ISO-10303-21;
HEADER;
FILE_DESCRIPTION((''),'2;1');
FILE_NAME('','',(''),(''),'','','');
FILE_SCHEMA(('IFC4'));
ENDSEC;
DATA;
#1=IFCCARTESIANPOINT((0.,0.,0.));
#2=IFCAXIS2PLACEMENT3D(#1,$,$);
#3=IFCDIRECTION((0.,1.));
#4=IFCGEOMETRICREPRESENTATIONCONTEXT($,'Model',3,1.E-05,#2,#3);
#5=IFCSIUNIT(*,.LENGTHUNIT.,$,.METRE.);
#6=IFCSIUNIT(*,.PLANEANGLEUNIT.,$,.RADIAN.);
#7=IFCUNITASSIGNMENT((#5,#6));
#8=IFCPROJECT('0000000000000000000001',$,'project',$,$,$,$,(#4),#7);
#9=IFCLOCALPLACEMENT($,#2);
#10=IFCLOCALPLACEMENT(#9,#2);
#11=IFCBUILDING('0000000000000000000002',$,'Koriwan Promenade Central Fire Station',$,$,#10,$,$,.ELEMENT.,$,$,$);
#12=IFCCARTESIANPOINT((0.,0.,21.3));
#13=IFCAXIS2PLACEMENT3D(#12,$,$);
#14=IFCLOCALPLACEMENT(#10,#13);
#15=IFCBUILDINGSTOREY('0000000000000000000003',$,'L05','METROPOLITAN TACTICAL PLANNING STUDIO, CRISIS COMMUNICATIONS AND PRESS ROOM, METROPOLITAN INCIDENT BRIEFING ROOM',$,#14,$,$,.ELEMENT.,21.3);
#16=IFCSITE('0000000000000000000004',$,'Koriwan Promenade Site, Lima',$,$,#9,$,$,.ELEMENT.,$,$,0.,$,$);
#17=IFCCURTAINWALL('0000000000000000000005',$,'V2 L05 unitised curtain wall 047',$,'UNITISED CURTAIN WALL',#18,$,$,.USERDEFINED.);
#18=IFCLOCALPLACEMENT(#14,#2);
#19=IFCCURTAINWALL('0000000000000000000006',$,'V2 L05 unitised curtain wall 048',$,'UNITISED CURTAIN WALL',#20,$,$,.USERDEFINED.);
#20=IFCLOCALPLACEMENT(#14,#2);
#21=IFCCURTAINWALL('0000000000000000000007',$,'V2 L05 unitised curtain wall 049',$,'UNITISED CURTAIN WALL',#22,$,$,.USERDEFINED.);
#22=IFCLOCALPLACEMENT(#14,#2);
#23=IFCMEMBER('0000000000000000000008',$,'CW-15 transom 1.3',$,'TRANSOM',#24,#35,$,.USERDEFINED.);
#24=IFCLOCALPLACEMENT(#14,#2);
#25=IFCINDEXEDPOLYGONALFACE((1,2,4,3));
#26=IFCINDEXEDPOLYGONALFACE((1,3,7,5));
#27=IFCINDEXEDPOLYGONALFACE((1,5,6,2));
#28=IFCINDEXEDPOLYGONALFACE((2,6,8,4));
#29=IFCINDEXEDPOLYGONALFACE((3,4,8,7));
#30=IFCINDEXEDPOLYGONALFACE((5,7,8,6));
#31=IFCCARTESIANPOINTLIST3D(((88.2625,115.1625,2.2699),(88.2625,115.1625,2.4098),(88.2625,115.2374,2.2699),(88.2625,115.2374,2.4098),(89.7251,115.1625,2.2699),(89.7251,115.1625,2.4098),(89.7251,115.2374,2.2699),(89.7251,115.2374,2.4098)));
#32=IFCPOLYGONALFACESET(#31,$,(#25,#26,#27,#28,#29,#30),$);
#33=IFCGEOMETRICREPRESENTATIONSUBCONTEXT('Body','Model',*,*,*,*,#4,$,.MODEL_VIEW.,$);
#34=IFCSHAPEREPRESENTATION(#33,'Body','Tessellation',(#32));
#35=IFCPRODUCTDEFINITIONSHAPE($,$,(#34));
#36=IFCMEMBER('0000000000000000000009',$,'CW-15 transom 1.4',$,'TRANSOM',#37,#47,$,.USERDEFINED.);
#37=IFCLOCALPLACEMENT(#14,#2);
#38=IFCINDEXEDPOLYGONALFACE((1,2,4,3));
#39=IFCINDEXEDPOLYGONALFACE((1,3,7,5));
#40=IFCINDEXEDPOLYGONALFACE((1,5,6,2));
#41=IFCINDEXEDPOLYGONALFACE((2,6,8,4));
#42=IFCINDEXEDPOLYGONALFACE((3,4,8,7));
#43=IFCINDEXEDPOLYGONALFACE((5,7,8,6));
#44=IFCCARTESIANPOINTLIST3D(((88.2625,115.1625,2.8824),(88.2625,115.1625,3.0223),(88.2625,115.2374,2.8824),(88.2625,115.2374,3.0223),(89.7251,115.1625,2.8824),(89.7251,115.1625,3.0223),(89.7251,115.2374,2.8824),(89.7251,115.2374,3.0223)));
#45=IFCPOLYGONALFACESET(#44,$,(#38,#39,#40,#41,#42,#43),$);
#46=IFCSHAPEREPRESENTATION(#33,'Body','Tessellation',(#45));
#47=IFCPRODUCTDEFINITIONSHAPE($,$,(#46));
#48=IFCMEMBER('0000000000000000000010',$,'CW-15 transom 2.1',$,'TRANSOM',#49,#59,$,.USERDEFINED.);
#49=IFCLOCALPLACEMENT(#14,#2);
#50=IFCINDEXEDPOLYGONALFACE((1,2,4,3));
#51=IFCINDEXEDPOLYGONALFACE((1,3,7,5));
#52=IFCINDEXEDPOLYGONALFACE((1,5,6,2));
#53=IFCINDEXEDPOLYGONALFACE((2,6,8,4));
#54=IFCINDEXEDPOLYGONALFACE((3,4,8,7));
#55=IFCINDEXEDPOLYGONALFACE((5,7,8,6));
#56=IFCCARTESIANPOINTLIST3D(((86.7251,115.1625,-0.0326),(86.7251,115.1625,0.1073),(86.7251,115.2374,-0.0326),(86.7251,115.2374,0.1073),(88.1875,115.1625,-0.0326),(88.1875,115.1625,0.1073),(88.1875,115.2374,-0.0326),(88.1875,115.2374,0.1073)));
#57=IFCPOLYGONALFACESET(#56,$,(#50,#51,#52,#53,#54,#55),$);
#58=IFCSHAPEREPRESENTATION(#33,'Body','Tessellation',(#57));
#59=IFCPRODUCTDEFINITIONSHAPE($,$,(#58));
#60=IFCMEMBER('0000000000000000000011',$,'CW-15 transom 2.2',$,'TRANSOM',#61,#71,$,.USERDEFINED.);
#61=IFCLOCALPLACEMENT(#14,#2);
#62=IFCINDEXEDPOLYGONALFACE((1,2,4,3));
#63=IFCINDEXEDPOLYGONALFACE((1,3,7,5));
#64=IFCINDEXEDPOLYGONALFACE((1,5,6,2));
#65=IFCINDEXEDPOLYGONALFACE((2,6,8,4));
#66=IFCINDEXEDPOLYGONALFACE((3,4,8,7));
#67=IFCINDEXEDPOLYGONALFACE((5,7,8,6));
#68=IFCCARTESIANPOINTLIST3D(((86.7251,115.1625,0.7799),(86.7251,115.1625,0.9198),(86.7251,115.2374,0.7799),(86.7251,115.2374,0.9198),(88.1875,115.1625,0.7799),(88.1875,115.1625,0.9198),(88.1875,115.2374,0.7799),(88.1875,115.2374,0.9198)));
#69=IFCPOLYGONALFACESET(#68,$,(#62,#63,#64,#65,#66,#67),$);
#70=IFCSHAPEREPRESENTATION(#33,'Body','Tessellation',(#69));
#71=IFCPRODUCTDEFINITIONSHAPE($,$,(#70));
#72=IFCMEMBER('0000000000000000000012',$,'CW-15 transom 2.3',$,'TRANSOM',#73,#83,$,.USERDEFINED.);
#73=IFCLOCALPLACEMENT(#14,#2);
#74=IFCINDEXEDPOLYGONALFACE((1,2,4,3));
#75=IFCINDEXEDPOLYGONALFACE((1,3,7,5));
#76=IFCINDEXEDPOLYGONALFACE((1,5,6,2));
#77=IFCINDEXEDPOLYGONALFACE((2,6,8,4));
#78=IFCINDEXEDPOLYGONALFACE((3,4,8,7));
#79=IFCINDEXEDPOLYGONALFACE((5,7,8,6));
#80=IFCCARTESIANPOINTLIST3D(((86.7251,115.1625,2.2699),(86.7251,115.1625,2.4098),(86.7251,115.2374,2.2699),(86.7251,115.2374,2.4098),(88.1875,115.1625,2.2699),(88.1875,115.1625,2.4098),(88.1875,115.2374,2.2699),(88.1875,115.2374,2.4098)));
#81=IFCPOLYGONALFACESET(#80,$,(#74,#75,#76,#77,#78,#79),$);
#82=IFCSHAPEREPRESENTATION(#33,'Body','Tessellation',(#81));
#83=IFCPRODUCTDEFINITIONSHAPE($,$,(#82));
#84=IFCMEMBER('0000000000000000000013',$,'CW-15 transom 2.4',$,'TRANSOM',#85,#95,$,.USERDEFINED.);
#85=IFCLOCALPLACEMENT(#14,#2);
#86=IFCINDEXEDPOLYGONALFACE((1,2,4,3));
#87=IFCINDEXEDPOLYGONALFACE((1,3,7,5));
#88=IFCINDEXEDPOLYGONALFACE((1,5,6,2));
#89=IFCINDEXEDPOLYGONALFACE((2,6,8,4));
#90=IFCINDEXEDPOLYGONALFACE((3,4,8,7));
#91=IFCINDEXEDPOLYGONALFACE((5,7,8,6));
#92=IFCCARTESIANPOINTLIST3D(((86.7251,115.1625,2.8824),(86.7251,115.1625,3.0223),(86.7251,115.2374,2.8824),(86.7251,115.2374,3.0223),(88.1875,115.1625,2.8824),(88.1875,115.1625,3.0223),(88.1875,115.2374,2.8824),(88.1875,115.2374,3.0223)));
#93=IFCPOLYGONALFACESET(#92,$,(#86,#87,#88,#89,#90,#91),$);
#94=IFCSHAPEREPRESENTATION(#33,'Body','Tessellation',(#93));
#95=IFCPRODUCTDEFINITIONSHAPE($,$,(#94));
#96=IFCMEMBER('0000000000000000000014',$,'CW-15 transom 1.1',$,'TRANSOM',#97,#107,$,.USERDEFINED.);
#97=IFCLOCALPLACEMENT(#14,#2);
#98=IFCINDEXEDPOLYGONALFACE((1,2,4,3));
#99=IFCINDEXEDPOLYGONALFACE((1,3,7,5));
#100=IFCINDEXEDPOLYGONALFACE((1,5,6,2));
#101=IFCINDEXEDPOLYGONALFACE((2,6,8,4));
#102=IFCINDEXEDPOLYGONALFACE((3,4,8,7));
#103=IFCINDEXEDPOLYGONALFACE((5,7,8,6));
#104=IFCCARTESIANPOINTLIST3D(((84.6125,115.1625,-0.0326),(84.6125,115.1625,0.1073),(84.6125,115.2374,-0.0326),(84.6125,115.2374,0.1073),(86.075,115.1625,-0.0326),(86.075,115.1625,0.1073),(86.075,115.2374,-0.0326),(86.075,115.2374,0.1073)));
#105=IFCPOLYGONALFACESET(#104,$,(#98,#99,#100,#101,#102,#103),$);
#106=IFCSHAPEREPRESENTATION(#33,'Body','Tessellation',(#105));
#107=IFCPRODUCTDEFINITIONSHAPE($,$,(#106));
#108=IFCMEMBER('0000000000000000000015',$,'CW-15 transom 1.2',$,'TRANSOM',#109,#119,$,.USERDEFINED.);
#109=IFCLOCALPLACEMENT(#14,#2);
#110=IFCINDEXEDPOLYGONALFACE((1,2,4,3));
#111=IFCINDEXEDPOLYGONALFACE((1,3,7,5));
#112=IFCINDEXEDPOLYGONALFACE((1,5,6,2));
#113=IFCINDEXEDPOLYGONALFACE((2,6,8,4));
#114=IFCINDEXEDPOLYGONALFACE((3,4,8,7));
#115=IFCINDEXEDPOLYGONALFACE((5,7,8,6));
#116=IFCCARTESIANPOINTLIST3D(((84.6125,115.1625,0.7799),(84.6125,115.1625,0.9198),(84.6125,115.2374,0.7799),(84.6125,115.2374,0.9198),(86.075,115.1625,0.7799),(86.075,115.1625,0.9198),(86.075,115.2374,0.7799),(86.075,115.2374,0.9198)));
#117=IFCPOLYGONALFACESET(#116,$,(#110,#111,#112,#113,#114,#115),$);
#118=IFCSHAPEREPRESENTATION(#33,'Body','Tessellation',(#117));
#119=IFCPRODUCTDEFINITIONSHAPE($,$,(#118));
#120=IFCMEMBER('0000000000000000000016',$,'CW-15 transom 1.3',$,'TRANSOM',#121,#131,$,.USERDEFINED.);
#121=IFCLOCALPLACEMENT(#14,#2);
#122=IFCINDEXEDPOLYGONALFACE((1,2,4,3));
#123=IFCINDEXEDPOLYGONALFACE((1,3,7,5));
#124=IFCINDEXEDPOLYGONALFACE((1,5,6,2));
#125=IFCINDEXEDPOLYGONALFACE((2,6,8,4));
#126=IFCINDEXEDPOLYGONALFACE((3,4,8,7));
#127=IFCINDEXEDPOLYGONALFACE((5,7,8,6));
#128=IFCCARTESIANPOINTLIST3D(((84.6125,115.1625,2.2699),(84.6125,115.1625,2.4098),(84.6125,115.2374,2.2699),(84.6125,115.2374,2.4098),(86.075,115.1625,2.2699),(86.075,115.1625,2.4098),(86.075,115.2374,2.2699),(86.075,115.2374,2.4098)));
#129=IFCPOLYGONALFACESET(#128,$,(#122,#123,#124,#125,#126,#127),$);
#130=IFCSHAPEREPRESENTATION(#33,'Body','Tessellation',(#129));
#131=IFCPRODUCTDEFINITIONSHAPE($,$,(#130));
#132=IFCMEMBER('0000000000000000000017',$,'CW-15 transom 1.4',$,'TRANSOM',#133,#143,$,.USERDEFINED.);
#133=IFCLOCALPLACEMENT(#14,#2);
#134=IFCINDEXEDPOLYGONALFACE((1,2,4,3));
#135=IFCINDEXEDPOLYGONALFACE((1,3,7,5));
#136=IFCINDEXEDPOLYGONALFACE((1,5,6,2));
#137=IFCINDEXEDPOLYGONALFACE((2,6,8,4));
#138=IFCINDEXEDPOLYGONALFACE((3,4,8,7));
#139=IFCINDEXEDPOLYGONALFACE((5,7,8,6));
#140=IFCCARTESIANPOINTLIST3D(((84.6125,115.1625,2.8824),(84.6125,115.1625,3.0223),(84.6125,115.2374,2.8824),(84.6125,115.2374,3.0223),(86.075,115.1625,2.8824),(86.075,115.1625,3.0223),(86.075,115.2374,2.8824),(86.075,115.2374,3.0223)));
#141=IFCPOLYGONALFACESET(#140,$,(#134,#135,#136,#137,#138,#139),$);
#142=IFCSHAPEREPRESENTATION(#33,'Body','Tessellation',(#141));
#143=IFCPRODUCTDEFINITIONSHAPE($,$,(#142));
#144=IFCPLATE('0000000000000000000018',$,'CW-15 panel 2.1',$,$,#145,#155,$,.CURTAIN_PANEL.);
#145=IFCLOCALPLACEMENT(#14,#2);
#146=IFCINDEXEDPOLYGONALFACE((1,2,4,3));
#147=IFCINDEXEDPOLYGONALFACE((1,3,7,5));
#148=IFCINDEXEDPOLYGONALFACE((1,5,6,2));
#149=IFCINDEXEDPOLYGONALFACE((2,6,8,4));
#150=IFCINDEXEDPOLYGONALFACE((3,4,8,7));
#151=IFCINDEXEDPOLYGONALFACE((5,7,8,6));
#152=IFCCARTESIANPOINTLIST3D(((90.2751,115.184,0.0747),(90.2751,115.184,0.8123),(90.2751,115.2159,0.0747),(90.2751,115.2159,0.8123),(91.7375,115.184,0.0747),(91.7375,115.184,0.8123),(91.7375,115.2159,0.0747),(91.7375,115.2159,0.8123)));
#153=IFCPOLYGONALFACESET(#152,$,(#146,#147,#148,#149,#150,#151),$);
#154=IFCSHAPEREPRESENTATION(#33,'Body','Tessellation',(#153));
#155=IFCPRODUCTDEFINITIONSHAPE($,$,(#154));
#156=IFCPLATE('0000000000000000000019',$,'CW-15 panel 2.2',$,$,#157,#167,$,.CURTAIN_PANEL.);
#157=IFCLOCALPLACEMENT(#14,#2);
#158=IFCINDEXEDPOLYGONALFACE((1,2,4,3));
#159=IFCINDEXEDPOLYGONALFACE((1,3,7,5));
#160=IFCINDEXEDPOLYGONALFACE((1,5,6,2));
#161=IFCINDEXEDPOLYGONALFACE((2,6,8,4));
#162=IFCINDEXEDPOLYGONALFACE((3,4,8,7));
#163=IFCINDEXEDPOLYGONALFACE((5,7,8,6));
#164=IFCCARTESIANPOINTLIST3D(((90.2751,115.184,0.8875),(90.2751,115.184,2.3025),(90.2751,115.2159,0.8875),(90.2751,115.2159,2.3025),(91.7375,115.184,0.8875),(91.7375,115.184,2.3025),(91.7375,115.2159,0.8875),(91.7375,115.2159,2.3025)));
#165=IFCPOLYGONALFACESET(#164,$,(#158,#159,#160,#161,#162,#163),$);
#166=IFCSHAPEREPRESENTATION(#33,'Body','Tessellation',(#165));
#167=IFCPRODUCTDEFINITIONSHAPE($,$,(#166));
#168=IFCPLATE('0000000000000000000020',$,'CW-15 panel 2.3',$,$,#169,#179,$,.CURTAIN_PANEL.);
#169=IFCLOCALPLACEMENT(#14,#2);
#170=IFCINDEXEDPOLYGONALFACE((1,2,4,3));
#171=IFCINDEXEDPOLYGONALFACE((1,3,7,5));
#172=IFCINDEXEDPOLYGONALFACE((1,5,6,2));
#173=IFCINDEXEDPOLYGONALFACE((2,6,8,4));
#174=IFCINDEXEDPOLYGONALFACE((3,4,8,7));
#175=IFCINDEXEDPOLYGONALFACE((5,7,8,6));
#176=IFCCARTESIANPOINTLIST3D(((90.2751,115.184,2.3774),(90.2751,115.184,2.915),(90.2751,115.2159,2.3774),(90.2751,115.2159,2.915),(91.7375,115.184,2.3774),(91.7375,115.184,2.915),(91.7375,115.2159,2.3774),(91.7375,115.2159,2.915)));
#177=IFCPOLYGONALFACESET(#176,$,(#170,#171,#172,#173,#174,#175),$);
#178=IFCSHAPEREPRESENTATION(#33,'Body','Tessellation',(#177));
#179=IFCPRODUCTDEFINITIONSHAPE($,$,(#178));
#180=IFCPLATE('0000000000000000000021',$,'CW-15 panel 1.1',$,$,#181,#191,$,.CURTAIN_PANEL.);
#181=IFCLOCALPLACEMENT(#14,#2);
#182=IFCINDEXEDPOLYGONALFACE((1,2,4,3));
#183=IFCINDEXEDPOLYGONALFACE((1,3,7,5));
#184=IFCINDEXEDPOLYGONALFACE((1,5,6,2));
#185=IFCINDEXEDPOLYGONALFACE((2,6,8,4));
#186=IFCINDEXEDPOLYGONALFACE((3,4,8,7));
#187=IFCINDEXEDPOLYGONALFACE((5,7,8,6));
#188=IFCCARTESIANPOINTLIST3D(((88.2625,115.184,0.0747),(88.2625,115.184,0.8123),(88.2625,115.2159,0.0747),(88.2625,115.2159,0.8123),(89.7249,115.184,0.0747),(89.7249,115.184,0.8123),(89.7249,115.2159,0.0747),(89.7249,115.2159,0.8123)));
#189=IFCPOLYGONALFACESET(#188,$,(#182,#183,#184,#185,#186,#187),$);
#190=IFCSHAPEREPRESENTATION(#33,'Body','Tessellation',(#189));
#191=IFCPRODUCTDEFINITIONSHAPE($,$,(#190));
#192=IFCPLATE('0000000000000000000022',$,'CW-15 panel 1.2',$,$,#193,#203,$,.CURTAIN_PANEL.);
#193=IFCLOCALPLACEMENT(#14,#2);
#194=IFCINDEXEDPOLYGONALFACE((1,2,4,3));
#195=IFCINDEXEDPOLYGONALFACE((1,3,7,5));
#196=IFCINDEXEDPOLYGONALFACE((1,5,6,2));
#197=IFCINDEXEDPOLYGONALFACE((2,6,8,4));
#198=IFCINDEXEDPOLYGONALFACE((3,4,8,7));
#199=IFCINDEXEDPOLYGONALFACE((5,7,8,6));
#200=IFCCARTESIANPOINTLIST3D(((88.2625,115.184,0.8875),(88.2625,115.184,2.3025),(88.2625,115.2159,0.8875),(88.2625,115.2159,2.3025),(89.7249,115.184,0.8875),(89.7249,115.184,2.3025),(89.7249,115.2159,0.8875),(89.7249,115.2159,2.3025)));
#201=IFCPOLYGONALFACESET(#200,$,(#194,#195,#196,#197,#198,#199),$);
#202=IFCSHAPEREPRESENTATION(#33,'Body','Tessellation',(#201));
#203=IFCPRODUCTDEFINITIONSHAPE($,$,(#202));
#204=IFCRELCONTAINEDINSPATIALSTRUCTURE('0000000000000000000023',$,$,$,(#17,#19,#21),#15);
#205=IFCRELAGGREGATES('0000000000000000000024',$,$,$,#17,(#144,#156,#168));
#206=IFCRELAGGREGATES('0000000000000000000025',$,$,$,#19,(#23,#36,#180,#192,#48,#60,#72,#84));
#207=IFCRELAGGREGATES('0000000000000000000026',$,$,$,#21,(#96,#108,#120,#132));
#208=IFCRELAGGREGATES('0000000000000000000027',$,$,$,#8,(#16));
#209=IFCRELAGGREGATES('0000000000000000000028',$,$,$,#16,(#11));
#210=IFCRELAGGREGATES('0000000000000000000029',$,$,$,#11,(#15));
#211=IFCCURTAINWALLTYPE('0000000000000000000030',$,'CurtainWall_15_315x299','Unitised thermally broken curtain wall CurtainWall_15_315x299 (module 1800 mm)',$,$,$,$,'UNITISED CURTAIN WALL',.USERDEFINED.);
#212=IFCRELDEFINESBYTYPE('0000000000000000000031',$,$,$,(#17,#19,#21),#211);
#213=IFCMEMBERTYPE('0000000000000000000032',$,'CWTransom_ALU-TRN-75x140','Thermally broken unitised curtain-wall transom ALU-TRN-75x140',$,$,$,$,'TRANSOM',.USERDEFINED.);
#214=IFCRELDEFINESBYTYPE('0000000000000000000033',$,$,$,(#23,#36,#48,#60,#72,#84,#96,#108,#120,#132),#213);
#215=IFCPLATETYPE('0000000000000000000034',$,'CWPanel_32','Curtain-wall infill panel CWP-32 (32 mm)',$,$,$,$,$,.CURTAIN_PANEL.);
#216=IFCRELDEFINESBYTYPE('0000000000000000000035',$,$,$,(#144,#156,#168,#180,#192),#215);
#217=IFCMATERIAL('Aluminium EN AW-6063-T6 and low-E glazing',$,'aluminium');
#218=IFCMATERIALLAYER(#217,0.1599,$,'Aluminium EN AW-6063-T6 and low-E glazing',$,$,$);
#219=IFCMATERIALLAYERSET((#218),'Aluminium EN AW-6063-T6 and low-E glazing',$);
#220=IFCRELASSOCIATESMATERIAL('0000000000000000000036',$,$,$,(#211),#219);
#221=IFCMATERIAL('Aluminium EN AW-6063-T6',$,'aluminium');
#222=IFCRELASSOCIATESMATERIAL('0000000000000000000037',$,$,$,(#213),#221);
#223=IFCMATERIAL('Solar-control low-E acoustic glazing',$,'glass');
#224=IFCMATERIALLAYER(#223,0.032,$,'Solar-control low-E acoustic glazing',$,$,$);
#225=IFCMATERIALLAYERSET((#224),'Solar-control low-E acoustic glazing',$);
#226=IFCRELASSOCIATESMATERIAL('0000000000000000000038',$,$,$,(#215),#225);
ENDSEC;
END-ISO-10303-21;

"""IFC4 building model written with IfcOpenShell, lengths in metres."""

from ifc_helpers import new_model, si_unit, direction, frame, origin, origin_2d, place, context, subcontext, project, spatial, rectangle, extrude, material, layer, layer_set, material_profile, profile_set, type_object, element, aggregate, save


model = new_model("IFC4")

# Units and contexts
model_context = context("Model", 3, precision=1e-05, world=origin(), true_north=direction((0.0, 1.0)))
body_context = subcontext(model_context, "Body", "Model", "MODEL_VIEW")
ifc_project = project(units=[si_unit("LENGTHUNIT", "METRE"), si_unit("PLANEANGLEUNIT", "RADIAN")], contexts=[model_context])

# Site, building, storey
site_placement = place(None, origin())
site = spatial("IfcSite", under=ifc_project, at=site_placement, Name="Koriwan Promenade Site, Lima", CompositionType="ELEMENT", RefElevation=0.0)
building_placement = place(site_placement, origin())
building = spatial("IfcBuilding", under=site, at=building_placement, Name="Koriwan Promenade Central Fire Station", CompositionType="ELEMENT")
storey_placement = place(building_placement, frame((0.0, 0.0, 21.3)))
storey = spatial("IfcBuildingStorey", under=building, at=storey_placement, Name="L05", Description="METROPOLITAN TACTICAL PLANNING STUDIO, CRISIS COMMUNICATIONS AND PRESS ROOM, METROPOLITAN INCIDENT BRIEFING ROOM", CompositionType="ELEMENT", Elevation=21.3)

# Curtain wall
ifc_material_1 = material(Name="Aluminium EN AW-6063-T6 and low-E glazing", Category="aluminium")
ifc_layer_1 = layer(ifc_material_1, 0.1599, Name="Aluminium EN AW-6063-T6 and low-E glazing")
ifc_layer_set_1 = layer_set([ifc_layer_1], Name="Aluminium EN AW-6063-T6 and low-E glazing")
curtain_wall_type = type_object("IfcCurtainWallType", Name="CurtainWall_15_315x299", Description="Unitised thermally broken curtain wall CurtainWall_15_315x299 (module 1800 mm)", ElementType="UNITISED CURTAIN WALL", PredefinedType="USERDEFINED", material=ifc_layer_set_1)
curtain_wall_1_placement = place(storey_placement, origin())
curtain_wall_1 = element("IfcCurtainWall", 1, at=curtain_wall_1_placement, inside=storey, type_object=curtain_wall_type, Name="V2 L05 unitised curtain wall 047", ObjectType="UNITISED CURTAIN WALL", PredefinedType="USERDEFINED")
ifc_material_2 = material(Name="Aluminium EN AW-6063-T6", Category="aluminium")

# Curtain walls
curtain_wall_2_placement = place(storey_placement, origin())
curtain_wall_2 = element("IfcCurtainWall", 2, at=curtain_wall_2_placement, inside=storey, type_object=curtain_wall_type, Name="V2 L05 unitised curtain wall 048", ObjectType="UNITISED CURTAIN WALL", PredefinedType="USERDEFINED")
curtain_wall_3_placement = place(storey_placement, origin())
curtain_wall_3 = element("IfcCurtainWall", 3, at=curtain_wall_3_placement, inside=storey, type_object=curtain_wall_type, Name="V2 L05 unitised curtain wall 049", ObjectType="UNITISED CURTAIN WALL", PredefinedType="USERDEFINED")

# Members
ifc_material_profile_1 = material_profile(ifc_material_2, rectangle(XDim=0.075, YDim=0.1399, at=origin_2d()), Name="ALU-TRN-75x140")
ifc_profile_set_1 = profile_set([ifc_material_profile_1], Name="Aluminium EN AW-6063-T6")
member_type_1 = type_object("IfcMemberType", Name="CWTransom_ALU-TRN-75x140", Description="Thermally broken unitised curtain-wall transom ALU-TRN-75x140", ElementType="TRANSOM", PredefinedType="USERDEFINED", material=ifc_profile_set_1)
member_1_placement = place(storey_placement, frame((89.7251, 115.2, 2.3398), z_axis=(-1.0, 0.0, 0.0), x_axis=(0.0, -1.0, 0.0)))
member_1 = element("IfcMember", 4, at=member_1_placement, type_object=member_type_1, Name="CW-15 transom 1.3", ObjectType="TRANSOM", PredefinedType="USERDEFINED", context=body_context, shape_type="SweptSolid", body=[
    extrude(rectangle(XDim=0.075, YDim=0.1399, at=origin_2d()), origin(), (0.0, 0.0, 1.0), 1.4626),
])
member_2_placement = place(storey_placement, frame((89.7251, 115.2, 2.9524), z_axis=(-1.0, 0.0, 0.0), x_axis=(0.0, -1.0, 0.0)))
member_2 = element("IfcMember", 5, at=member_2_placement, type_object=member_type_1, Name="CW-15 transom 1.4", ObjectType="TRANSOM", PredefinedType="USERDEFINED", context=body_context, shape_type="SweptSolid", body=[
    extrude(rectangle(XDim=0.075, YDim=0.1399, at=origin_2d()), origin(), (0.0, 0.0, 1.0), 1.4626),
])
member_3_placement = place(storey_placement, frame((88.1875, 115.2, 0.0374), z_axis=(-1.0, 0.0, 0.0), x_axis=(0.0, -1.0, 0.0)))
member_3 = element("IfcMember", 6, at=member_3_placement, type_object=member_type_1, Name="CW-15 transom 2.1", ObjectType="TRANSOM", PredefinedType="USERDEFINED", context=body_context, shape_type="SweptSolid", body=[
    extrude(rectangle(XDim=0.075, YDim=0.1399, at=origin_2d()), origin(), (0.0, 0.0, 1.0), 1.4624),
])
member_4_placement = place(storey_placement, frame((88.1875, 115.2, 0.8499), z_axis=(-1.0, 0.0, 0.0), x_axis=(0.0, -1.0, 0.0)))
member_4 = element("IfcMember", 7, at=member_4_placement, type_object=member_type_1, Name="CW-15 transom 2.2", ObjectType="TRANSOM", PredefinedType="USERDEFINED", context=body_context, shape_type="SweptSolid", body=[
    extrude(rectangle(XDim=0.075, YDim=0.1399, at=origin_2d()), origin(), (0.0, 0.0, 1.0), 1.4624),
])
member_5_placement = place(storey_placement, frame((88.1875, 115.2, 2.3398), z_axis=(-1.0, 0.0, 0.0), x_axis=(0.0, -1.0, 0.0)))
member_5 = element("IfcMember", 8, at=member_5_placement, type_object=member_type_1, Name="CW-15 transom 2.3", ObjectType="TRANSOM", PredefinedType="USERDEFINED", context=body_context, shape_type="SweptSolid", body=[
    extrude(rectangle(XDim=0.075, YDim=0.1399, at=origin_2d()), origin(), (0.0, 0.0, 1.0), 1.4624),
])
member_6_placement = place(storey_placement, frame((88.1875, 115.2, 2.9524), z_axis=(-1.0, 0.0, 0.0), x_axis=(0.0, -1.0, 0.0)))
member_6 = element("IfcMember", 9, at=member_6_placement, type_object=member_type_1, Name="CW-15 transom 2.4", ObjectType="TRANSOM", PredefinedType="USERDEFINED", context=body_context, shape_type="SweptSolid", body=[
    extrude(rectangle(XDim=0.075, YDim=0.1399, at=origin_2d()), origin(), (0.0, 0.0, 1.0), 1.4624),
])
member_7_placement = place(storey_placement, frame((86.075, 115.2, 0.0374), z_axis=(-1.0, 0.0, 0.0), x_axis=(0.0, -1.0, 0.0)))
member_7 = element("IfcMember", 10, at=member_7_placement, type_object=member_type_1, Name="CW-15 transom 1.1", ObjectType="TRANSOM", PredefinedType="USERDEFINED", context=body_context, shape_type="SweptSolid", body=[
    extrude(rectangle(XDim=0.075, YDim=0.1399, at=origin_2d()), origin(), (0.0, 0.0, 1.0), 1.4624),
])
member_8_placement = place(storey_placement, frame((86.075, 115.2, 0.8499), z_axis=(-1.0, 0.0, 0.0), x_axis=(0.0, -1.0, 0.0)))
member_8 = element("IfcMember", 11, at=member_8_placement, type_object=member_type_1, Name="CW-15 transom 1.2", ObjectType="TRANSOM", PredefinedType="USERDEFINED", context=body_context, shape_type="SweptSolid", body=[
    extrude(rectangle(XDim=0.075, YDim=0.1399, at=origin_2d()), origin(), (0.0, 0.0, 1.0), 1.4624),
])
member_9_placement = place(storey_placement, frame((86.075, 115.2, 2.3398), z_axis=(-1.0, 0.0, 0.0), x_axis=(0.0, -1.0, 0.0)))
member_9 = element("IfcMember", 12, at=member_9_placement, type_object=member_type_1, Name="CW-15 transom 1.3", ObjectType="TRANSOM", PredefinedType="USERDEFINED", context=body_context, shape_type="SweptSolid", body=[
    extrude(rectangle(XDim=0.075, YDim=0.1399, at=origin_2d()), origin(), (0.0, 0.0, 1.0), 1.4624),
])
member_10_placement = place(storey_placement, frame((86.075, 115.2, 2.9524), z_axis=(-1.0, 0.0, 0.0), x_axis=(0.0, -1.0, 0.0)))
member_10 = element("IfcMember", 13, at=member_10_placement, type_object=member_type_1, Name="CW-15 transom 1.4", ObjectType="TRANSOM", PredefinedType="USERDEFINED", context=body_context, shape_type="SweptSolid", body=[
    extrude(rectangle(XDim=0.075, YDim=0.1399, at=origin_2d()), origin(), (0.0, 0.0, 1.0), 1.4624),
])

# Plates
ifc_material_3 = material(Name="Solar-control low-E acoustic glazing", Category="glass")
ifc_layer_2 = layer(ifc_material_3, 0.032, Name="Solar-control low-E acoustic glazing")
ifc_layer_set_2 = layer_set([ifc_layer_2], Name="Solar-control low-E acoustic glazing")
plate_type = type_object("IfcPlateType", Name="CWPanel_32", Description="Curtain-wall infill panel CWP-32 (32 mm)", PredefinedType="CURTAIN_PANEL", material=ifc_layer_set_2)
plate_1_placement = place(storey_placement, frame((91.0063, 115.2, 0.0747), z_axis=(0.0, 0.0, 1.0), x_axis=(-1.0, 0.0, 0.0)))
plate_1 = element("IfcPlate", 14, at=plate_1_placement, type_object=plate_type, Name="CW-15 panel 2.1", PredefinedType="CURTAIN_PANEL", context=body_context, shape_type="SweptSolid", body=[
    extrude(rectangle(XDim=1.4624, YDim=0.032, at=origin_2d()), origin(), (0.0, 0.0, 1.0), 0.7375),
])
plate_2_placement = place(storey_placement, frame((91.0063, 115.2, 0.8875), z_axis=(0.0, 0.0, 1.0), x_axis=(-1.0, 0.0, 0.0)))
plate_2 = element("IfcPlate", 15, at=plate_2_placement, type_object=plate_type, Name="CW-15 panel 2.2", PredefinedType="CURTAIN_PANEL", context=body_context, shape_type="SweptSolid", body=[
    extrude(rectangle(XDim=1.4624, YDim=0.032, at=origin_2d()), origin(), (0.0, 0.0, 1.0), 1.415),
])
plate_3_placement = place(storey_placement, frame((91.0063, 115.2, 2.3774), z_axis=(0.0, 0.0, 1.0), x_axis=(-1.0, 0.0, 0.0)))
plate_3 = element("IfcPlate", 16, at=plate_3_placement, type_object=plate_type, Name="CW-15 panel 2.3", PredefinedType="CURTAIN_PANEL", context=body_context, shape_type="SweptSolid", body=[
    extrude(rectangle(XDim=1.4624, YDim=0.032, at=origin_2d()), origin(), (0.0, 0.0, 1.0), 0.5376),
])
aggregate(curtain_wall_1, [plate_1, plate_2, plate_3])
plate_4_placement = place(storey_placement, frame((88.9937, 115.2, 0.0747), z_axis=(0.0, 0.0, 1.0), x_axis=(-1.0, 0.0, 0.0)))
plate_4 = element("IfcPlate", 17, at=plate_4_placement, type_object=plate_type, Name="CW-15 panel 1.1", PredefinedType="CURTAIN_PANEL", context=body_context, shape_type="SweptSolid", body=[
    extrude(rectangle(XDim=1.4624, YDim=0.032, at=origin_2d()), origin(), (0.0, 0.0, 1.0), 0.7375),
])
plate_5_placement = place(storey_placement, frame((88.9937, 115.2, 0.8875), z_axis=(0.0, 0.0, 1.0), x_axis=(-1.0, 0.0, 0.0)))
plate_5 = element("IfcPlate", 18, at=plate_5_placement, type_object=plate_type, Name="CW-15 panel 1.2", PredefinedType="CURTAIN_PANEL", context=body_context, shape_type="SweptSolid", body=[
    extrude(rectangle(XDim=1.4624, YDim=0.032, at=origin_2d()), origin(), (0.0, 0.0, 1.0), 1.415),
])
aggregate(curtain_wall_2, [member_1, member_2, plate_4, plate_5, member_3, member_4, member_5, member_6])
aggregate(curtain_wall_3, [member_7, member_8, member_9, member_10])

save(model, "model.ifc")
